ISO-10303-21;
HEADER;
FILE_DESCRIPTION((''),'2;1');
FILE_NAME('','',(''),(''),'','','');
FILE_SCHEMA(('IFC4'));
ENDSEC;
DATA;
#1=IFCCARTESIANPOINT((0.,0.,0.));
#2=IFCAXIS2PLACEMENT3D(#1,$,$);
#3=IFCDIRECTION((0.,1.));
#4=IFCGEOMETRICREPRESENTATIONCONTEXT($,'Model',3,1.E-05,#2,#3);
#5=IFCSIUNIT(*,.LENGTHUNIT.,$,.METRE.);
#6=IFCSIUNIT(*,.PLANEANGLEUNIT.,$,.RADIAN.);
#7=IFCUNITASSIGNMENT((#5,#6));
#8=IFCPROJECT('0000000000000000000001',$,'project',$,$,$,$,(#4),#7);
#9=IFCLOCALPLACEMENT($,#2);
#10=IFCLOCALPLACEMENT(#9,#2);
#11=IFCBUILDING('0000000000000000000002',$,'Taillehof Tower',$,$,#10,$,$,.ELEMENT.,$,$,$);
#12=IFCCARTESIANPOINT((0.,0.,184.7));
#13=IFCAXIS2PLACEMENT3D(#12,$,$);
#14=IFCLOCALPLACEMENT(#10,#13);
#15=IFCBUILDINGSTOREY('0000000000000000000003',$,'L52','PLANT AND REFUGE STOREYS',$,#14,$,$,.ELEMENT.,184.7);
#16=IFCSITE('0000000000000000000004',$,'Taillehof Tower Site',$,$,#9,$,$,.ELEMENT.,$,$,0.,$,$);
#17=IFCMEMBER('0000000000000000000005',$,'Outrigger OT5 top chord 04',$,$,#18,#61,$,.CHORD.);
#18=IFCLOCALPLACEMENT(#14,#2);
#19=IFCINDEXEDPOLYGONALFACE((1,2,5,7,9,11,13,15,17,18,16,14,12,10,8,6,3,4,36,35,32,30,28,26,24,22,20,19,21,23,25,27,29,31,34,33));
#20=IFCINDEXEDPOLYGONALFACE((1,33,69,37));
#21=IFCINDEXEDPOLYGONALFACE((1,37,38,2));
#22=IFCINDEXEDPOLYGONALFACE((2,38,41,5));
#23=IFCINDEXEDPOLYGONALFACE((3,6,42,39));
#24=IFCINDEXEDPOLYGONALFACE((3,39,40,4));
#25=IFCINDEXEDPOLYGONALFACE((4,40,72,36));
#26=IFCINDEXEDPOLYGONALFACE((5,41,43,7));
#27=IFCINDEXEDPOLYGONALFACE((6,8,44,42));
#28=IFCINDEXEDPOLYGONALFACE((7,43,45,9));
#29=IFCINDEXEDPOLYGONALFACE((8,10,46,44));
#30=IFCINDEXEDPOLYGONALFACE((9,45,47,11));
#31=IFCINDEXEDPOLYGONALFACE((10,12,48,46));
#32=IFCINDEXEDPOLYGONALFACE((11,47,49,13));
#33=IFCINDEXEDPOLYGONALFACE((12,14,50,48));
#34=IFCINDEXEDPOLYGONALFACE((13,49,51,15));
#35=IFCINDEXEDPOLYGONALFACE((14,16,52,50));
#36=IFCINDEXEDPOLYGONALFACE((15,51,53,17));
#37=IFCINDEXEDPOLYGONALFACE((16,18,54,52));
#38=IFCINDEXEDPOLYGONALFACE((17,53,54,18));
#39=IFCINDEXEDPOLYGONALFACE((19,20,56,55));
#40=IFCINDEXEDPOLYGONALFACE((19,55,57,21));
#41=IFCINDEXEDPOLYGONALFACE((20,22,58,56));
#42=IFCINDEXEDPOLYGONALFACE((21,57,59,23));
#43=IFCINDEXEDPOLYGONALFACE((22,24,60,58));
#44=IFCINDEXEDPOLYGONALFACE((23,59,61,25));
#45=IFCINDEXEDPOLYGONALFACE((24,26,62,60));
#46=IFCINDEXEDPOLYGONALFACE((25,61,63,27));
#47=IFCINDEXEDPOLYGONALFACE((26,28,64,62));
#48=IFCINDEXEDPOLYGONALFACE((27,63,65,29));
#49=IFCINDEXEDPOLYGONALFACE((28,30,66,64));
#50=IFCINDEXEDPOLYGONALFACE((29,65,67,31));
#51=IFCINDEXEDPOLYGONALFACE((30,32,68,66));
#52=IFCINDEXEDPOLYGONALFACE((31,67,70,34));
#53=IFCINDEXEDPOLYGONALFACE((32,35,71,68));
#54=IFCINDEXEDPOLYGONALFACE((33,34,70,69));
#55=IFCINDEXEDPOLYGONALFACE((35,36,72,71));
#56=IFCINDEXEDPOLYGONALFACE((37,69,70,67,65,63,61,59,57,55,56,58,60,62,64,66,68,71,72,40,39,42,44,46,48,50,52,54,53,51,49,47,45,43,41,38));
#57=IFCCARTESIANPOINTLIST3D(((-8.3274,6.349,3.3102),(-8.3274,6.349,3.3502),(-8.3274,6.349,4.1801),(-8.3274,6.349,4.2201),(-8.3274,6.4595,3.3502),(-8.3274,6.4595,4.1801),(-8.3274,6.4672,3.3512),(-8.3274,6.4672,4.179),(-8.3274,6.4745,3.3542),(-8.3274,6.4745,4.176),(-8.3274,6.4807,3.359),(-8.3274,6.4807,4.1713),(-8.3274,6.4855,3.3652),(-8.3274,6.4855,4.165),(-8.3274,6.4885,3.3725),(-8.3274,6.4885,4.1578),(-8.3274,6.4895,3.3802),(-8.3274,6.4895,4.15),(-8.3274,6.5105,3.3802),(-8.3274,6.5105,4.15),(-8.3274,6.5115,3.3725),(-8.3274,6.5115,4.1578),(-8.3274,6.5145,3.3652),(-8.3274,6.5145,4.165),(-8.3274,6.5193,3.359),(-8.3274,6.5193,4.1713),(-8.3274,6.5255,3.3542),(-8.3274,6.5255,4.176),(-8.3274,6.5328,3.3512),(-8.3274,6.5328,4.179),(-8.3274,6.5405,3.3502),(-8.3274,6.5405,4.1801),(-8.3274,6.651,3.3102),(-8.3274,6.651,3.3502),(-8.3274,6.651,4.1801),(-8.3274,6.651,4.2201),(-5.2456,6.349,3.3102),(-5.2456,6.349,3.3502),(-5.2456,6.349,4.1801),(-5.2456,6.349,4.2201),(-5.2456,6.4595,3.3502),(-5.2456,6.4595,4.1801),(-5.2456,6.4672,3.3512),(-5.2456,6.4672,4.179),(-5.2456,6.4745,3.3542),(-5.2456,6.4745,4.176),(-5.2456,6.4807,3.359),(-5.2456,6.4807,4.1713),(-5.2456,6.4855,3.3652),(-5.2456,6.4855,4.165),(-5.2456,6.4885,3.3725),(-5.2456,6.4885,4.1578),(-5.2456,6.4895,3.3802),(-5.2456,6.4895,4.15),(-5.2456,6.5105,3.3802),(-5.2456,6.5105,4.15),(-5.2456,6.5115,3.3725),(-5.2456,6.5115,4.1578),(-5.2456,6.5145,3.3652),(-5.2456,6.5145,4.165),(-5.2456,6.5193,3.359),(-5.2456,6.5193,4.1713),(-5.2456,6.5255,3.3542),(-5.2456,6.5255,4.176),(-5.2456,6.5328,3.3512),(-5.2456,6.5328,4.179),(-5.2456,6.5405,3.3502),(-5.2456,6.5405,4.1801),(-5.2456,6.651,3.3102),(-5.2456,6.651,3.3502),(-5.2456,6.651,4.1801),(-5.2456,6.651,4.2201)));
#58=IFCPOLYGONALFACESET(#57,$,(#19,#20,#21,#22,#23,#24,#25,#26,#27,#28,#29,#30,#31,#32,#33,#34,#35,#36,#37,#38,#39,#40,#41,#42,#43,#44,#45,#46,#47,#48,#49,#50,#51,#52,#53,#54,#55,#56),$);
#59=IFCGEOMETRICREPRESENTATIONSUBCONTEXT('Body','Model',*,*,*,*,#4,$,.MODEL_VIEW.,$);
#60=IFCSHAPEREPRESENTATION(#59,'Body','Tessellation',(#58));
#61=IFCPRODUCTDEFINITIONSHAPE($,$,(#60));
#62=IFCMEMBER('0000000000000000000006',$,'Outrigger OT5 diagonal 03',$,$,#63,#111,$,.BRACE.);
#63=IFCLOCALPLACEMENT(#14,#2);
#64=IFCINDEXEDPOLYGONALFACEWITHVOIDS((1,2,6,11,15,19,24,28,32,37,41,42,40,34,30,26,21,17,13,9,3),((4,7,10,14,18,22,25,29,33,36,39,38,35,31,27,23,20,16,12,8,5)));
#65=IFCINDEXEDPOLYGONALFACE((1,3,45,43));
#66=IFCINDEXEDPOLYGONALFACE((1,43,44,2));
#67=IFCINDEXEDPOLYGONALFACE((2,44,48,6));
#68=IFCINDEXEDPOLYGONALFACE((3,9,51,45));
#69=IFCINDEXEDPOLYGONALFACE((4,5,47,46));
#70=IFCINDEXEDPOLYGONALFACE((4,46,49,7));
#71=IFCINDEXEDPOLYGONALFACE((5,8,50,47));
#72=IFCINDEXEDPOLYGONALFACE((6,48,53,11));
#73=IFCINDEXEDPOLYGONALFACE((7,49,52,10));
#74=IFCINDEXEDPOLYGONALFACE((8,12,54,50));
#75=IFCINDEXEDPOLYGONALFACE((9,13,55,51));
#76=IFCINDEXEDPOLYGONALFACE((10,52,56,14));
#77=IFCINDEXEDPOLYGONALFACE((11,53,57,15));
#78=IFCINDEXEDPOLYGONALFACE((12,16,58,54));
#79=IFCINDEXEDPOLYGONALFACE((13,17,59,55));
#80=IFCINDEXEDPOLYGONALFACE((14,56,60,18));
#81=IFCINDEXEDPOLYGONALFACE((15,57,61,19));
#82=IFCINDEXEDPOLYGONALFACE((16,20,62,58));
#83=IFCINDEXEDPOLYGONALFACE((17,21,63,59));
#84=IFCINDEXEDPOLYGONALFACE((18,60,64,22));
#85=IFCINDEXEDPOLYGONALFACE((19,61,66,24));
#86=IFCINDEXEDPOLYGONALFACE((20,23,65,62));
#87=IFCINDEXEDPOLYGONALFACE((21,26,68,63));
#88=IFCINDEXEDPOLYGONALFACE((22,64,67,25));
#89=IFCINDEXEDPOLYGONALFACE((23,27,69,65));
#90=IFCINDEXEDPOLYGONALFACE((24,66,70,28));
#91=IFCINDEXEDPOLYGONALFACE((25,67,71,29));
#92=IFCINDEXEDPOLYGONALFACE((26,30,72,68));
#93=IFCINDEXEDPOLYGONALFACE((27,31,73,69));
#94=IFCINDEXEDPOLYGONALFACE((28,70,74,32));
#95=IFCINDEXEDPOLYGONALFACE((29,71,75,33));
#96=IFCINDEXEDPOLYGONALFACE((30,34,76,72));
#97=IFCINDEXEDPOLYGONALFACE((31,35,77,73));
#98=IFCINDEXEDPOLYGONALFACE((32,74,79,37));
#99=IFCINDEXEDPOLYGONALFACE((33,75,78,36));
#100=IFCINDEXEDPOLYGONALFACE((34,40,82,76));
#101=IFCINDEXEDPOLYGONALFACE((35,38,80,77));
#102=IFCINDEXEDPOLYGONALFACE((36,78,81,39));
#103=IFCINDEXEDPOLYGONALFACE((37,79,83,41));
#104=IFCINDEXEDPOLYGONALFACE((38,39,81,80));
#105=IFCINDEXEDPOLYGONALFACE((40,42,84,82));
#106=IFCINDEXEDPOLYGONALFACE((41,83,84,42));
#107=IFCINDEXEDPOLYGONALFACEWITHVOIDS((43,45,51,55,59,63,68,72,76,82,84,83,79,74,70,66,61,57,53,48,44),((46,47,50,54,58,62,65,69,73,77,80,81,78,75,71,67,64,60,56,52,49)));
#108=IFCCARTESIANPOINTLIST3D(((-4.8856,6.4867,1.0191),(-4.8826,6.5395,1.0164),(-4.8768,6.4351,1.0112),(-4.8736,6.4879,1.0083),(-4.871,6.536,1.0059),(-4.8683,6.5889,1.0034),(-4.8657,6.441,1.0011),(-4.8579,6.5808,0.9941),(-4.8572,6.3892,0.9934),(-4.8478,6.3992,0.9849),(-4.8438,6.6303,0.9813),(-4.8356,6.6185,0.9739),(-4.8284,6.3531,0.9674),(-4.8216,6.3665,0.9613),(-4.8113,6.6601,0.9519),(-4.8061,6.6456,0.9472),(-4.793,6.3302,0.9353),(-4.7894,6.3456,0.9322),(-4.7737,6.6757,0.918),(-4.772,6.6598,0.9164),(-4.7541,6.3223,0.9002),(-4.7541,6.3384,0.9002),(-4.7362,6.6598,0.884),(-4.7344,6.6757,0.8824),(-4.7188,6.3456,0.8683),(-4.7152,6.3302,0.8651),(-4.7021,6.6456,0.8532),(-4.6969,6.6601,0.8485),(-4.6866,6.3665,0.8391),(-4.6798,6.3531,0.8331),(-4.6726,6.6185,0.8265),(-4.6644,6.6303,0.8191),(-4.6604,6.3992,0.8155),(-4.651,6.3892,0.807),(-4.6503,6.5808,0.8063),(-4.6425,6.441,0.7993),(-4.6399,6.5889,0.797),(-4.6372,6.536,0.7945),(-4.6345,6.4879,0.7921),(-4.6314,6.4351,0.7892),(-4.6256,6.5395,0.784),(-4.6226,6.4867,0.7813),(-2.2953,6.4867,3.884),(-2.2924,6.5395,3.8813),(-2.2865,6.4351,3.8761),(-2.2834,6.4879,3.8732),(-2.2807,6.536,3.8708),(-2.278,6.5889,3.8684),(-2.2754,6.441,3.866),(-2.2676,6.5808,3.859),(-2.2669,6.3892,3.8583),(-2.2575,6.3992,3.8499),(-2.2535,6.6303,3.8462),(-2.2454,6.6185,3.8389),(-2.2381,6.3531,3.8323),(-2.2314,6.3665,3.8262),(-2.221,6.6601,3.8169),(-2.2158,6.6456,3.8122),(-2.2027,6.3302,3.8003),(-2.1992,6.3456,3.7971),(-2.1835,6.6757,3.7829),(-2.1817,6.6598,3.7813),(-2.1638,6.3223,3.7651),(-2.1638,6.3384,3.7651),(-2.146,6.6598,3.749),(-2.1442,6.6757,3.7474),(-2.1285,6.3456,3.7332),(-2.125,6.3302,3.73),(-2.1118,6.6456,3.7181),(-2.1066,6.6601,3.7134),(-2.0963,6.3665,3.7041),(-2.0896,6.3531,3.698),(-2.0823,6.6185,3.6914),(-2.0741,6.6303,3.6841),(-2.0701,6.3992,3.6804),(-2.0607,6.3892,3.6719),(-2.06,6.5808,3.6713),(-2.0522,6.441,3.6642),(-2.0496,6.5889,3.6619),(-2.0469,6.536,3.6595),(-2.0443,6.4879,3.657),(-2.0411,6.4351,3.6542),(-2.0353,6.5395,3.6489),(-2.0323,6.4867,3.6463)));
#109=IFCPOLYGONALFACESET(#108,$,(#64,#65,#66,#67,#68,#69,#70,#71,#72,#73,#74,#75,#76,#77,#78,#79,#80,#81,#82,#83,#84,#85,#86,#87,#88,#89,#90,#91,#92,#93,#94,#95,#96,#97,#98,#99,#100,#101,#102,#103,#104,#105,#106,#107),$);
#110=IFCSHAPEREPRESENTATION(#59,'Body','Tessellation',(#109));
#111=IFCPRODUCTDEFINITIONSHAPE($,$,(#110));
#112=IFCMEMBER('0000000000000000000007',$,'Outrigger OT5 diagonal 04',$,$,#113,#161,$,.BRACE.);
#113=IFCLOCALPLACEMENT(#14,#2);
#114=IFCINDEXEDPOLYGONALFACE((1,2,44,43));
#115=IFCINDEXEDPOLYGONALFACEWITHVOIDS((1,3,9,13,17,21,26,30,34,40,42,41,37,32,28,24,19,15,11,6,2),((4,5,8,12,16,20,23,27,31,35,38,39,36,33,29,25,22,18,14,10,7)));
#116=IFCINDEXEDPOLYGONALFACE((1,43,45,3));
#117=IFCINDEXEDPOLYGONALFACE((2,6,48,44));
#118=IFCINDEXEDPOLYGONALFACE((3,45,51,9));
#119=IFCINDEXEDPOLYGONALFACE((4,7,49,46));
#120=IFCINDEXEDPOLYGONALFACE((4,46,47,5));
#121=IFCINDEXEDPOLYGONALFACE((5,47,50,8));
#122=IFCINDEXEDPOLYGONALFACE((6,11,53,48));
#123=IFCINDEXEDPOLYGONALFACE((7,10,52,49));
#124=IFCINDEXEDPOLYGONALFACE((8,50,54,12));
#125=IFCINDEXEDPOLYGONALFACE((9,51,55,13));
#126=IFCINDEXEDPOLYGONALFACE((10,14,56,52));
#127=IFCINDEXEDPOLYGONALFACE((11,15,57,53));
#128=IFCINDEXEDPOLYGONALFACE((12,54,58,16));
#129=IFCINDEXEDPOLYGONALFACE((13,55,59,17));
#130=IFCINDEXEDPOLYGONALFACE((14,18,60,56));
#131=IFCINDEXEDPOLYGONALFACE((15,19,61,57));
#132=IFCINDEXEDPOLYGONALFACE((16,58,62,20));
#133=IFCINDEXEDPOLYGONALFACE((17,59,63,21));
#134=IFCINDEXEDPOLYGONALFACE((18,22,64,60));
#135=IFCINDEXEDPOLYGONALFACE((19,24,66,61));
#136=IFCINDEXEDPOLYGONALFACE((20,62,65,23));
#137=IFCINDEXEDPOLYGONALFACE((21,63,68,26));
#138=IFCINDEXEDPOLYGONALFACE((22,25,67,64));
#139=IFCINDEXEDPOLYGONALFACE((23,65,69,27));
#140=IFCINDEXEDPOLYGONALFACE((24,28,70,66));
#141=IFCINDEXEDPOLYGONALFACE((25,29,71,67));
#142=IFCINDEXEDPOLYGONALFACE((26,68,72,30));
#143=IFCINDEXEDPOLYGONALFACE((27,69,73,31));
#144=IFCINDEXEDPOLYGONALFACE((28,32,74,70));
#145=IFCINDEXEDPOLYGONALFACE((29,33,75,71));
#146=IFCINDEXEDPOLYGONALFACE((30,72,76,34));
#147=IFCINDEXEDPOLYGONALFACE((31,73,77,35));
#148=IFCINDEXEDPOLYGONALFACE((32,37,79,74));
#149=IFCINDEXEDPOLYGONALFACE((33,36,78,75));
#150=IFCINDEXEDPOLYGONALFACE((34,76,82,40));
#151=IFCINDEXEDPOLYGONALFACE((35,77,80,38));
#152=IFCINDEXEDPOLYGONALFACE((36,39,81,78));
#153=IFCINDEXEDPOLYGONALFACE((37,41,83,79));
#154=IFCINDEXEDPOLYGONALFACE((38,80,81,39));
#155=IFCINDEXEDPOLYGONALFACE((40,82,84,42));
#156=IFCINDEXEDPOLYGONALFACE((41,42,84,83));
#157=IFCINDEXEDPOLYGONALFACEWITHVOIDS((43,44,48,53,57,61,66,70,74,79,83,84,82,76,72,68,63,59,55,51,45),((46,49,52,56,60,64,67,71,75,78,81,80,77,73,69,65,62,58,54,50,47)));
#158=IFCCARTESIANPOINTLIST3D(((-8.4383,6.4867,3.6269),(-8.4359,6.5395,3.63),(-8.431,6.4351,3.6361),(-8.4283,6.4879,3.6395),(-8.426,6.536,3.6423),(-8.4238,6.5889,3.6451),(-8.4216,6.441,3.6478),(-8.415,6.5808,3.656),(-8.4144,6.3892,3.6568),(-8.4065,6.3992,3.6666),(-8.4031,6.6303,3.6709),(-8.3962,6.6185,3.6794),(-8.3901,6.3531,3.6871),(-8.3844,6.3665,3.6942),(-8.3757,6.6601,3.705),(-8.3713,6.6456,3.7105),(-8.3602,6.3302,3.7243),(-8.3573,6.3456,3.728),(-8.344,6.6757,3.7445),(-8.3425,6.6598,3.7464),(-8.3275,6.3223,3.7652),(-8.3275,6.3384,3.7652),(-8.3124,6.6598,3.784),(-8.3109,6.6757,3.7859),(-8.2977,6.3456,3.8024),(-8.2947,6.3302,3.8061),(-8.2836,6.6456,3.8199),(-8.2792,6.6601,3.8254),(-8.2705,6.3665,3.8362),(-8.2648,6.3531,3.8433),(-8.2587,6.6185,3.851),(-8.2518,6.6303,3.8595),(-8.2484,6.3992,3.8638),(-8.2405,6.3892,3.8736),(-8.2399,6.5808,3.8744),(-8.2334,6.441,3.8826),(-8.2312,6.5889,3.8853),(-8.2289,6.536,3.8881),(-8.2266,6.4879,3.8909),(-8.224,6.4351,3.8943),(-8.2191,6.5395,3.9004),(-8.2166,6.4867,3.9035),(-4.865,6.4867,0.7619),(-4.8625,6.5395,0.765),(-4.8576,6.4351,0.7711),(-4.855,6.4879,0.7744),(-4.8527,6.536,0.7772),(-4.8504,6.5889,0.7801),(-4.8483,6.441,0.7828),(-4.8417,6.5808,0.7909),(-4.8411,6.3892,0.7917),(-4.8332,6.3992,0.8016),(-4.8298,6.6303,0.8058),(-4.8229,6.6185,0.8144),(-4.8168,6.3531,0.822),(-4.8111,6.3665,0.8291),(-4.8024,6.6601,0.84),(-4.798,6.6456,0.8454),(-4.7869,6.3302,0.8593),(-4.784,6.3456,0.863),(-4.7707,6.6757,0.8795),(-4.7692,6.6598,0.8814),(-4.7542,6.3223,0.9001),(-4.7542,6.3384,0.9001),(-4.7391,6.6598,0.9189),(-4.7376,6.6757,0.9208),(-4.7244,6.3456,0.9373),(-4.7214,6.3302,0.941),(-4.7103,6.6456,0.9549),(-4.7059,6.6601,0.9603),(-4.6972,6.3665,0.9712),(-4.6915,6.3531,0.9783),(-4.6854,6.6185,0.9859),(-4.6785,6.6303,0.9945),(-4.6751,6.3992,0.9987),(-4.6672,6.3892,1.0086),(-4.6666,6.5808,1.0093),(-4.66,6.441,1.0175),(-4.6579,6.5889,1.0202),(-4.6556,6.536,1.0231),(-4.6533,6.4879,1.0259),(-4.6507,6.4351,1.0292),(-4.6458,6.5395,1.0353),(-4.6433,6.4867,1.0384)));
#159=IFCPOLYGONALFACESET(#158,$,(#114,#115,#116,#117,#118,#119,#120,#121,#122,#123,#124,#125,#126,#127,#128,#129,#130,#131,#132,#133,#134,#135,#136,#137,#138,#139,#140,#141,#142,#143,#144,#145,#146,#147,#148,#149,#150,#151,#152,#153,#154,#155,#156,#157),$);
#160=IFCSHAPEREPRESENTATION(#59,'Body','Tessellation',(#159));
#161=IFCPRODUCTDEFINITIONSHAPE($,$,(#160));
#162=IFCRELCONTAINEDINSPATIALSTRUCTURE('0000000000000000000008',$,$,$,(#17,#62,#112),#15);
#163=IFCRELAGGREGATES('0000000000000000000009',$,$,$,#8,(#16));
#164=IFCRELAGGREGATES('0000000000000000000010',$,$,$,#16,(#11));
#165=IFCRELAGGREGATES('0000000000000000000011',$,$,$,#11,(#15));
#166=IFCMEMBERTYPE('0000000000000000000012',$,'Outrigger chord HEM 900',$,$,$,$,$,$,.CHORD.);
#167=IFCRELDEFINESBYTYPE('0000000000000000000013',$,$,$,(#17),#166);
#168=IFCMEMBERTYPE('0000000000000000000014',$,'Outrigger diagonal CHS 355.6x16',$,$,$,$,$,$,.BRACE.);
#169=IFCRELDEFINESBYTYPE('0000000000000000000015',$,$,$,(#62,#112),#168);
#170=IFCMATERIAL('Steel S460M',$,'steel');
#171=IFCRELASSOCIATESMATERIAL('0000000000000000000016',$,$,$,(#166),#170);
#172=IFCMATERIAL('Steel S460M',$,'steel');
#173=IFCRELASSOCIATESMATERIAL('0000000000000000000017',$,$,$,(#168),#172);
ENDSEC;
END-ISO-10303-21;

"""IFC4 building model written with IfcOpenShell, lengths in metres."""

from ifc_helpers import new_model, si_unit, direction, frame, origin, origin_2d, place, context, subcontext, project, spatial, hollow_circle, i_section, extrude, material, material_profile, profile_set, type_object, element, save


model = new_model("IFC4")

# Units and contexts
model_context = context("Model", 3, precision=1e-05, world=origin(), true_north=direction((0.0, 1.0)))
body_context = subcontext(model_context, "Body", "Model", "MODEL_VIEW")
ifc_project = project(units=[si_unit("LENGTHUNIT", "METRE"), si_unit("PLANEANGLEUNIT", "RADIAN")], contexts=[model_context])

# Site, building, storey
site_placement = place(None, origin())
site = spatial("IfcSite", under=ifc_project, at=site_placement, Name="Taillehof Tower Site", CompositionType="ELEMENT", RefElevation=0.0)
building_placement = place(site_placement, origin())
building = spatial("IfcBuilding", under=site, at=building_placement, Name="Taillehof Tower", CompositionType="ELEMENT")
storey_placement = place(building_placement, frame((0.0, 0.0, 184.7)))
storey = spatial("IfcBuildingStorey", under=building, at=storey_placement, Name="L52", Description="PLANT AND REFUGE STOREYS", CompositionType="ELEMENT", Elevation=184.7)

# Members
ifc_material_1 = material(Name="Steel S460M", Category="steel")
ifc_material_profile_1 = material_profile(ifc_material_1, i_section(OverallWidth=0.302, OverallDepth=0.9099, WebThickness=0.021, FlangeThickness=0.04, FilletRadius=0.03, at=origin_2d()), Name="HEM 900")
ifc_profile_set_1 = profile_set([ifc_material_profile_1], Name="Steel S460M")
member_type_1 = type_object("IfcMemberType", Name="Outrigger chord HEM 900", PredefinedType="CHORD", material=ifc_profile_set_1)
member_1_placement = place(storey_placement, frame((-5.2456, 6.5, 3.7651), z_axis=(-1.0, 0.0, 0.0), x_axis=(0.0, -1.0, 0.0)))
element("IfcMember", 1, at=member_1_placement, inside=storey, type_object=member_type_1, Name="Outrigger OT5 top chord 04", PredefinedType="CHORD", context=body_context, shape_type="SweptSolid", body=[
    extrude(i_section(OverallWidth=0.302, OverallDepth=0.9099, WebThickness=0.021, FlangeThickness=0.04, FilletRadius=0.03, at=origin_2d()), origin(), (0.0, 0.0, 1.0), 3.0818),
])
ifc_material_2 = material(Name="Steel S460M", Category="steel")
ifc_material_profile_2 = material_profile(ifc_material_2, hollow_circle(Radius=0.1777, WallThickness=0.0161, at=origin_2d()), Name="CHS 355.6x16")
ifc_profile_set_2 = profile_set([ifc_material_profile_2], Name="Steel S460M")
member_type_2 = type_object("IfcMemberType", Name="Outrigger diagonal CHS 355.6x16", PredefinedType="BRACE", material=ifc_profile_set_2)
member_2_placement = place(storey_placement, frame((-2.1638, 6.5, 3.7651), z_axis=(-0.670657, 0.0, -0.741768), x_axis=(0.0, -1.0, 0.0)))
element("IfcMember", 2, at=member_2_placement, inside=storey, type_object=member_type_2, Name="Outrigger OT5 diagonal 03", PredefinedType="BRACE", context=body_context, shape_type="SweptSolid", body=[
    extrude(hollow_circle(Radius=0.1777, WallThickness=0.0161, at=origin_2d()), origin(), (0.0, 0.0, 1.0), 3.8623),
])
member_3_placement = place(storey_placement, frame((-4.7542, 6.5, 0.9001), z_axis=(-0.780187, 0.0, 0.625546), x_axis=(0.0, -1.0, 0.0)))
element("IfcMember", 3, at=member_3_placement, inside=storey, type_object=member_type_2, Name="Outrigger OT5 diagonal 04", PredefinedType="BRACE", context=body_context, shape_type="SweptSolid", body=[
    extrude(hollow_circle(Radius=0.1777, WallThickness=0.0161, at=origin_2d()), origin(), (0.0, 0.0, 1.0), 4.5801),
])

save(model, "model.ifc")
